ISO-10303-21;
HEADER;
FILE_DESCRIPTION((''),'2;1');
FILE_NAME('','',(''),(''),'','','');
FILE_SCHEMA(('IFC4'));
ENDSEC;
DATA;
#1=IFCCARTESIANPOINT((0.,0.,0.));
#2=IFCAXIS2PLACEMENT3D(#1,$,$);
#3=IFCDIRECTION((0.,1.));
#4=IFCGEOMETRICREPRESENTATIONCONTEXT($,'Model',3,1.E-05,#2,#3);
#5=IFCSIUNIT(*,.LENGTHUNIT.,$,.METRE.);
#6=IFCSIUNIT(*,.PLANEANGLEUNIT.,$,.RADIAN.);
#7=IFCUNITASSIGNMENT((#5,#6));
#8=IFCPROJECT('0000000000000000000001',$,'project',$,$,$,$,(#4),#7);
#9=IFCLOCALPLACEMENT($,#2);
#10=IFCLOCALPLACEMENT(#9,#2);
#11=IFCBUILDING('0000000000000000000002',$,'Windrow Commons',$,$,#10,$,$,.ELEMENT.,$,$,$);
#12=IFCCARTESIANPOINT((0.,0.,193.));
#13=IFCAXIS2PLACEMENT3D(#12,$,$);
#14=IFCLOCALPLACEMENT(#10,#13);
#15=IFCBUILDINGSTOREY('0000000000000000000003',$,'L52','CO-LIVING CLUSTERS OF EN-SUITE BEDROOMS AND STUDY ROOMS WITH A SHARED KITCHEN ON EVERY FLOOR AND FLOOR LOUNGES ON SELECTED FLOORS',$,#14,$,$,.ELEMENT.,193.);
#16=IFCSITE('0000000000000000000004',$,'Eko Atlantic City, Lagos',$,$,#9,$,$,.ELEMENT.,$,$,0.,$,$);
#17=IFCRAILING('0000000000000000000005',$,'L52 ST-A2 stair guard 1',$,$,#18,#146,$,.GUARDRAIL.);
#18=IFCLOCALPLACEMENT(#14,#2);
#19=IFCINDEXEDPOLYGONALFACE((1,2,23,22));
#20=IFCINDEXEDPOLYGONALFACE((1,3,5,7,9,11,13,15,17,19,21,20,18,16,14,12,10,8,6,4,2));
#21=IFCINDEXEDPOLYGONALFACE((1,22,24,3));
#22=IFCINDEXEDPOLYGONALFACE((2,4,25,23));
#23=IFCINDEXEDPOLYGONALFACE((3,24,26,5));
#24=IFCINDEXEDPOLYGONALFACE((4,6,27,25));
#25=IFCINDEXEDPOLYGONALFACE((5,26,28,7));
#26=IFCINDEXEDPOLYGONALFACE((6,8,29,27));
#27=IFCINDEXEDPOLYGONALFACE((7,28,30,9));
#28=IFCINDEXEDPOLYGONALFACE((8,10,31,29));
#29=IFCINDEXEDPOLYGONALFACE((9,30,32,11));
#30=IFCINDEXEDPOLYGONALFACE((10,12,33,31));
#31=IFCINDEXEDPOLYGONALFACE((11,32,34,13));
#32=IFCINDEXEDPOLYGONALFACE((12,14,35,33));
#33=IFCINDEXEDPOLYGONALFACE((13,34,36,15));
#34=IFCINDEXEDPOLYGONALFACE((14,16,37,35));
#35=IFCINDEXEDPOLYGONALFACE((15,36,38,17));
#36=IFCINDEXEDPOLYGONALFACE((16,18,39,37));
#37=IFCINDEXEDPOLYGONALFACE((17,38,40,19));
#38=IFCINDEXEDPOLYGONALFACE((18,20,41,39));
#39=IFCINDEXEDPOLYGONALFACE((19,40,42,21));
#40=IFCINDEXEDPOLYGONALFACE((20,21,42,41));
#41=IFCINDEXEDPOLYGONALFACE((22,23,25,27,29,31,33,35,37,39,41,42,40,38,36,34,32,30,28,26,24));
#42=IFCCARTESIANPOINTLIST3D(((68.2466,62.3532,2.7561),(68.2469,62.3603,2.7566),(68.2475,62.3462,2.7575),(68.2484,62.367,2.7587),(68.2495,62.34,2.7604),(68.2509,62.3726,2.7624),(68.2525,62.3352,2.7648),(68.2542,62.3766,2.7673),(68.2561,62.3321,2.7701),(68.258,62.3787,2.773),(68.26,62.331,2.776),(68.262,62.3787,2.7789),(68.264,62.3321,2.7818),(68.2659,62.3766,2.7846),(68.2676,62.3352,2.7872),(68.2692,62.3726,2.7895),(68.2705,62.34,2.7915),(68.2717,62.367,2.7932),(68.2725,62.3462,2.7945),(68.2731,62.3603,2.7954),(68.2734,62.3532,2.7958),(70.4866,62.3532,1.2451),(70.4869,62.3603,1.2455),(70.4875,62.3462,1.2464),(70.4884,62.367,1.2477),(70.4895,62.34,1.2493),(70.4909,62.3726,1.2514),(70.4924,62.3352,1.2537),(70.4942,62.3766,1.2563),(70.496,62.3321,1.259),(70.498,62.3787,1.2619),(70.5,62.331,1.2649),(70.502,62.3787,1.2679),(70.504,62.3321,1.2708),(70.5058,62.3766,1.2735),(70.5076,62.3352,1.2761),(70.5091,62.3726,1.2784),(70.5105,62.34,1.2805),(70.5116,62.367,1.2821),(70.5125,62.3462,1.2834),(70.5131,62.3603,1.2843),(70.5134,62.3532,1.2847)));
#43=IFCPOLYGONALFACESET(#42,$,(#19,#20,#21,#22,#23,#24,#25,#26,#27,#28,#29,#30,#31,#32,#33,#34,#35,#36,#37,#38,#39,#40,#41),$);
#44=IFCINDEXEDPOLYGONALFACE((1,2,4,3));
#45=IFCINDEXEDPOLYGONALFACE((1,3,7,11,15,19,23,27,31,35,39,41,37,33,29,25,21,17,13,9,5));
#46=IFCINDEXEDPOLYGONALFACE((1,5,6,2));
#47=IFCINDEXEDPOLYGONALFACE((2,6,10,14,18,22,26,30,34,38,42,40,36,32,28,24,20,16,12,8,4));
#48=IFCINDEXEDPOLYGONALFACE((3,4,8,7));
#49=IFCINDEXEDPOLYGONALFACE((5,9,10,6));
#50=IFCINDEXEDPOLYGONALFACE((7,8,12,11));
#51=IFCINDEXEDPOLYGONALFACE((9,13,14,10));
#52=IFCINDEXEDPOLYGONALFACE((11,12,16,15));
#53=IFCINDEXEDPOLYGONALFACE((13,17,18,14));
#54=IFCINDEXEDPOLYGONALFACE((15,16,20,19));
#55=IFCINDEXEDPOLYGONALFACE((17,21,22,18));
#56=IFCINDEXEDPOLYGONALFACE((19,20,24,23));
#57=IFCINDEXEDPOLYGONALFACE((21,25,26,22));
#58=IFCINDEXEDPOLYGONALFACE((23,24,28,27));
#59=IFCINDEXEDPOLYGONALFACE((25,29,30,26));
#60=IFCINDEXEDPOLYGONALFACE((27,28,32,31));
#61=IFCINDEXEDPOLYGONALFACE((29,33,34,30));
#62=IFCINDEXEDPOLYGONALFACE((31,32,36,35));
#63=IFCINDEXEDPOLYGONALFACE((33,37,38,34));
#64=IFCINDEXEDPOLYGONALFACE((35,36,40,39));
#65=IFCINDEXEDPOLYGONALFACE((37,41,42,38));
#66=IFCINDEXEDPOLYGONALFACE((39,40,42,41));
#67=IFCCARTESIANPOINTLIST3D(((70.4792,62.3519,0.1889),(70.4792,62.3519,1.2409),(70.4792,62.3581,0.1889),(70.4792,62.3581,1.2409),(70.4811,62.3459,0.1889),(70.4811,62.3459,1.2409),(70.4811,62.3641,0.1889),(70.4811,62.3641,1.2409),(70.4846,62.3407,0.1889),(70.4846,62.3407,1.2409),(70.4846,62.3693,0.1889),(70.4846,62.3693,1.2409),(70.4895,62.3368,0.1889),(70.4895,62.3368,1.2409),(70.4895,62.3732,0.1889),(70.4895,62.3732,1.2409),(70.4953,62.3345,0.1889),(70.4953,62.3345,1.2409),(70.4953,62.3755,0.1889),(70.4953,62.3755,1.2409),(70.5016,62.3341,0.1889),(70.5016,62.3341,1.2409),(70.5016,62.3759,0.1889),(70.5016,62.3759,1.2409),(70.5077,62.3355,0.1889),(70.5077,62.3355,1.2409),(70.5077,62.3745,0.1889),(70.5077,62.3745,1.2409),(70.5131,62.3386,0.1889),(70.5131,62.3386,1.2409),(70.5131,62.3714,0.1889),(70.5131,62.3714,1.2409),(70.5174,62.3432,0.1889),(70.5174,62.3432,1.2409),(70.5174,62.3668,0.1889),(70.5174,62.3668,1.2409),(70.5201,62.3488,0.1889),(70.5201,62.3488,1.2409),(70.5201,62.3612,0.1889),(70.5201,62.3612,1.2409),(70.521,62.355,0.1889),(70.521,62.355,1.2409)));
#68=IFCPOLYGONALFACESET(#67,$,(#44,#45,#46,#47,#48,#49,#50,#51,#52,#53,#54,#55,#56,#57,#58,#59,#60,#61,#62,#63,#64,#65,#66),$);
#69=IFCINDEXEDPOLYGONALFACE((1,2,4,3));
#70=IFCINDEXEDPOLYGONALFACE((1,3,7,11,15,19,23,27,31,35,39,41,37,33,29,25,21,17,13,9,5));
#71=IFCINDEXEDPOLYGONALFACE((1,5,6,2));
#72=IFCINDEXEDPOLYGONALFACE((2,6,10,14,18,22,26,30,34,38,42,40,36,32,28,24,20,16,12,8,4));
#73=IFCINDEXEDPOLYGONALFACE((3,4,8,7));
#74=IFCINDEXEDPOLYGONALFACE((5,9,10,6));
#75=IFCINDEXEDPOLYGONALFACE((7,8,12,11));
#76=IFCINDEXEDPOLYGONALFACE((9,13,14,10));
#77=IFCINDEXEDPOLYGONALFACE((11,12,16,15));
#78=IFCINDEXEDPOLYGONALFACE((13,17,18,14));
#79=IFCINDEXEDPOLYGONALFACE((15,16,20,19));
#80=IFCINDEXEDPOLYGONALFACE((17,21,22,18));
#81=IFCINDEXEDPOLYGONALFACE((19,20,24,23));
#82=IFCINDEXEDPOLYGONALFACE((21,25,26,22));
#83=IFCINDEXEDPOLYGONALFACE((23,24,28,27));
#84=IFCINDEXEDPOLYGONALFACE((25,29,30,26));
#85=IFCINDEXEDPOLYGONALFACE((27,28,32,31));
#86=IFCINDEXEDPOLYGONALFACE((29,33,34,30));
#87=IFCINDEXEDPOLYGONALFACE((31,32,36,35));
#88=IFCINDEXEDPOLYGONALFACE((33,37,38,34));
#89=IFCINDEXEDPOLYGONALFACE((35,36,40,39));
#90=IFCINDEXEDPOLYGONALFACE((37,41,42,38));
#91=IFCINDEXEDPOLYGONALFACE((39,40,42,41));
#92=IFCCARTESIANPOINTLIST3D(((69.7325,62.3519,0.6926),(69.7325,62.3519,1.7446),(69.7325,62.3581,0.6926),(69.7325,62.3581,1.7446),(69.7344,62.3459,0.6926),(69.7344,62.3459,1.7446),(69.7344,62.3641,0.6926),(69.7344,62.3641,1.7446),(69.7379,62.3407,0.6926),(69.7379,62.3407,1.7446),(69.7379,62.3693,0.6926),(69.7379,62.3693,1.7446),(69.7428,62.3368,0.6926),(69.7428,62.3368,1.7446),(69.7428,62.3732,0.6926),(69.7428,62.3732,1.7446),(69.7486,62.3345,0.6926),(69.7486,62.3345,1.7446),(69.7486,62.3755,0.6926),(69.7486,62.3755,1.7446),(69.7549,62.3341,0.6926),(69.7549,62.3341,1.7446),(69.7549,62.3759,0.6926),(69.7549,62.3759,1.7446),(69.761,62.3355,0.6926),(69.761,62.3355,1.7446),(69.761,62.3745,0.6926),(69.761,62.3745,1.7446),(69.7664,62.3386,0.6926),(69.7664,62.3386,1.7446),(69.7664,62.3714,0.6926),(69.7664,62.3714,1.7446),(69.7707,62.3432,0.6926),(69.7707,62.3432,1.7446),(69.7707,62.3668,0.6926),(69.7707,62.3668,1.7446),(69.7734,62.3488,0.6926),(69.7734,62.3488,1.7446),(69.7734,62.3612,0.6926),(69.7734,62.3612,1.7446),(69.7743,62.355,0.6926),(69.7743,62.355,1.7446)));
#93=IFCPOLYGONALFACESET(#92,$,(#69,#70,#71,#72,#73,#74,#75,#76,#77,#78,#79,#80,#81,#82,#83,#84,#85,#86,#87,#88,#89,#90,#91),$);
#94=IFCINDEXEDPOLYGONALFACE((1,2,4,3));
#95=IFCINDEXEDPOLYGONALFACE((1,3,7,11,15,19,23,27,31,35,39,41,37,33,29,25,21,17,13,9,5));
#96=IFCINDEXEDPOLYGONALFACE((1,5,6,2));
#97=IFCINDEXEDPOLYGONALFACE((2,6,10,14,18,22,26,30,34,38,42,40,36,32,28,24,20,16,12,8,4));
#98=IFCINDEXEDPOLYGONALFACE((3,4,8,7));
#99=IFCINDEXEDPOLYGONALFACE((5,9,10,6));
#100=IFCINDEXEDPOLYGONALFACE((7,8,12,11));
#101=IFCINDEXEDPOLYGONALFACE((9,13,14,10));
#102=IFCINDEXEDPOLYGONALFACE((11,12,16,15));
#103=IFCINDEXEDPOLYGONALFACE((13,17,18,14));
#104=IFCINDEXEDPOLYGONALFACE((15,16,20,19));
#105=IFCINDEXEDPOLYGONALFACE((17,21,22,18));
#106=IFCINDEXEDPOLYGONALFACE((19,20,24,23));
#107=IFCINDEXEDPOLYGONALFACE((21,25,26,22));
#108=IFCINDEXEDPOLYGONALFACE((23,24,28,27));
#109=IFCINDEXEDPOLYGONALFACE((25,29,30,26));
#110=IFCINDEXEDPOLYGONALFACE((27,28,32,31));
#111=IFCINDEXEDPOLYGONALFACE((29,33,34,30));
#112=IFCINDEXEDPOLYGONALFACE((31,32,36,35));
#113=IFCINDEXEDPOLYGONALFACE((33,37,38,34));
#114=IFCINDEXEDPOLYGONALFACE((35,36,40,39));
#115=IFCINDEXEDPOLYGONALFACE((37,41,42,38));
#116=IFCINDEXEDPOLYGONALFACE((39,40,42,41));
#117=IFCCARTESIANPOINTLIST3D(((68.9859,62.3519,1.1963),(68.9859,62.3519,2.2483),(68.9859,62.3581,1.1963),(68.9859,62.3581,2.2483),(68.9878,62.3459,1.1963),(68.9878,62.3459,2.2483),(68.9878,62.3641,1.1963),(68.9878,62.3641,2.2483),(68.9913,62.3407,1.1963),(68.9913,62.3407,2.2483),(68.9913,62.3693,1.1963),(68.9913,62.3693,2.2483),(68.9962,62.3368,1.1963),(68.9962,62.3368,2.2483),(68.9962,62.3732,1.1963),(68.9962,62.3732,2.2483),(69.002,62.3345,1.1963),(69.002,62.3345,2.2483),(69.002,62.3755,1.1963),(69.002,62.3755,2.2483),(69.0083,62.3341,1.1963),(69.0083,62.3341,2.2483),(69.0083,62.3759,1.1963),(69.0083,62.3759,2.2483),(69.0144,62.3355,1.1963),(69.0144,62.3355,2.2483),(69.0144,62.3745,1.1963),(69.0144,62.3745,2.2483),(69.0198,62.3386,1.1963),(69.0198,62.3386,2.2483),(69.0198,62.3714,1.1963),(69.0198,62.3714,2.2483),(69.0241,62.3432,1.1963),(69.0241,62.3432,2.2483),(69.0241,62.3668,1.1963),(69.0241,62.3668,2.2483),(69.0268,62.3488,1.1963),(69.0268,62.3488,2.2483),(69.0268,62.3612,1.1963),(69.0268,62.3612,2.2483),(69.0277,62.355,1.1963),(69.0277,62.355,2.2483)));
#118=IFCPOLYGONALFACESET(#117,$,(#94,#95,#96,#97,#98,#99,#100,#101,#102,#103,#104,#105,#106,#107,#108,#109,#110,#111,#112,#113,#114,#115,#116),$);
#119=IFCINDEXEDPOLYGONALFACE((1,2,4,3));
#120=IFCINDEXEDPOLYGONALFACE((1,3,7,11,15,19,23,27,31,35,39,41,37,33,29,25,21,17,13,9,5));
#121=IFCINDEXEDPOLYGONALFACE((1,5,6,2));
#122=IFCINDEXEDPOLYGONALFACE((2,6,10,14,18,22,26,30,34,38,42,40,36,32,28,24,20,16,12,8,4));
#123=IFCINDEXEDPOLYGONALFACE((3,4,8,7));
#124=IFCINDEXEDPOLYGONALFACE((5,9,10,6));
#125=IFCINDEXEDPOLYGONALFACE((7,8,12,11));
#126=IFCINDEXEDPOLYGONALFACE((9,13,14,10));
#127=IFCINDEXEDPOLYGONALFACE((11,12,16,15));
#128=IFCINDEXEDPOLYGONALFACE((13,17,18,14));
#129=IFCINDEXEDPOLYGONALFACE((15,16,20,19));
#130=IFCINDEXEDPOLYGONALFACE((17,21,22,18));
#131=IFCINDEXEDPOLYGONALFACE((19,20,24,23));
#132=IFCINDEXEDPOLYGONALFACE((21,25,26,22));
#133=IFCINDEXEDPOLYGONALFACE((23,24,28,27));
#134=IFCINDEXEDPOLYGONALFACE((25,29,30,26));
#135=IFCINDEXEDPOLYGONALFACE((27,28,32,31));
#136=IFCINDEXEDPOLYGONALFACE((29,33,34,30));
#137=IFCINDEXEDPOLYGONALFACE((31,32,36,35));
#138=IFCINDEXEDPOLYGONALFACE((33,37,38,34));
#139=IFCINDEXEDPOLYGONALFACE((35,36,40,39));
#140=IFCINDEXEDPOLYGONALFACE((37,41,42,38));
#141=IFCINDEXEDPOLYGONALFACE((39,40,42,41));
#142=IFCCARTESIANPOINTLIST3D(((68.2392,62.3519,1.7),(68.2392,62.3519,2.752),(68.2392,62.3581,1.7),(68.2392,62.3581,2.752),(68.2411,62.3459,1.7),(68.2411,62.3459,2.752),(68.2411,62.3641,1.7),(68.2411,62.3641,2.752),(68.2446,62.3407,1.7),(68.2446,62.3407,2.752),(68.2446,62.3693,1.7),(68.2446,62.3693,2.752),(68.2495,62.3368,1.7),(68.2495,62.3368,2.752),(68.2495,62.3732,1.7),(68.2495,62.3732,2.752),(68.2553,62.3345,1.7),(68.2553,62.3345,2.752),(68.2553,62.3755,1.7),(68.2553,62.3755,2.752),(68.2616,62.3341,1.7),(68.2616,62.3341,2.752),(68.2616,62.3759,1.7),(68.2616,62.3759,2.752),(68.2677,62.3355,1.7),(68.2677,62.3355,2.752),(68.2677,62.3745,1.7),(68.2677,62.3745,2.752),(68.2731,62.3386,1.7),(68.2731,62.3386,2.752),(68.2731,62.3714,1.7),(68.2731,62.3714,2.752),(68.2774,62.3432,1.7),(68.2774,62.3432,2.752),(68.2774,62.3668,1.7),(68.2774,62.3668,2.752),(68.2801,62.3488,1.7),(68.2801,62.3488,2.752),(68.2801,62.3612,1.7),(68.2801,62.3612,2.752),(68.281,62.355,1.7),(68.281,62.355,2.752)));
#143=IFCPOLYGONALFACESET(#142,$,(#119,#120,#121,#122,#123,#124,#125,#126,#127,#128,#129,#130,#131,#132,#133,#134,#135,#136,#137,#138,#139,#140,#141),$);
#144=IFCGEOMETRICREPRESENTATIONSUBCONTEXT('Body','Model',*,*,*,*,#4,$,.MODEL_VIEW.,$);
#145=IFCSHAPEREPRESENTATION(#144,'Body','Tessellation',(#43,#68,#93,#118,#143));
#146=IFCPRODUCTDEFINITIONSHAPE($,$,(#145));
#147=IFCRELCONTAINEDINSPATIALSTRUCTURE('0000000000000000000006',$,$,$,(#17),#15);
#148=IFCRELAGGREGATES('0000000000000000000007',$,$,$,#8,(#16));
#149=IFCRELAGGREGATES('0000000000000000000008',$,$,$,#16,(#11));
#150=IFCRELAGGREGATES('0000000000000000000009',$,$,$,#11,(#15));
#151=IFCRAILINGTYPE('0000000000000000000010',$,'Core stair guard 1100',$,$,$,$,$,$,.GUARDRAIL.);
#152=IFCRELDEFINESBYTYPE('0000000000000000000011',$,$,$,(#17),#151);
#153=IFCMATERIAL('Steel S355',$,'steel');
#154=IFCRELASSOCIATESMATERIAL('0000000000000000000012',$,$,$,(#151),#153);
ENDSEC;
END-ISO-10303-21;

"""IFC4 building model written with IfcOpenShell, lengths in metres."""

from ifc_helpers import new_model, si_unit, direction, frame, origin, origin_2d, place, context, subcontext, project, spatial, circle, extrude, material, type_object, element, save


model = new_model("IFC4")

# Units and contexts
model_context = context("Model", 3, precision=1e-05, world=origin(), true_north=direction((0.0, 1.0)))
body_context = subcontext(model_context, "Body", "Model", "MODEL_VIEW")
ifc_project = project(units=[si_unit("LENGTHUNIT", "METRE"), si_unit("PLANEANGLEUNIT", "RADIAN")], contexts=[model_context])

# Site, building, storey
site_placement = place(None, origin())
site = spatial("IfcSite", under=ifc_project, at=site_placement, Name="Eko Atlantic City, Lagos", CompositionType="ELEMENT", RefElevation=0.0)
building_placement = place(site_placement, origin())
building = spatial("IfcBuilding", under=site, at=building_placement, Name="Windrow Commons", CompositionType="ELEMENT")
storey_placement = place(building_placement, frame((0.0, 0.0, 193.0)))
storey = spatial("IfcBuildingStorey", under=building, at=storey_placement, Name="L52", Description="CO-LIVING CLUSTERS OF EN-SUITE BEDROOMS AND STUDY ROOMS WITH A SHARED KITCHEN ON EVERY FLOOR AND FLOOR LOUNGES ON SELECTED FLOORS", CompositionType="ELEMENT", Elevation=193.0)

# Railing
ifc_material_1 = material(Name="Steel S355", Category="steel")
railing_type_1 = type_object("IfcRailingType", Name="Core stair guard 1100", PredefinedType="GUARDRAIL", material=ifc_material_1)
railing_1_placement = place(storey_placement, frame((70.5, 62.355, 0.1889)))
element("IfcRailing", 1, at=railing_1_placement, inside=storey, type_object=railing_type_1, Name="L52 ST-A2 stair guard 1", PredefinedType="GUARDRAIL", context=body_context, shape_type="SweptSolid", body=[
    extrude(circle(Radius=0.024, at=origin_2d()), frame((0.0, 0.0, 1.076), z_axis=(-0.829003, 0.0, 0.559244), x_axis=(0.0, -1.0, 0.0)), (0.0, 0.0, 1.0), 2.702),
    extrude(circle(Radius=0.021, at=origin_2d()), origin(), (0.0, 0.0, 1.0), 1.052),
    extrude(circle(Radius=0.021, at=origin_2d()), frame((-0.7467, 0.0, 0.5037)), (0.0, 0.0, 1.0), 1.052),
    extrude(circle(Radius=0.021, at=origin_2d()), frame((-1.4933, 0.0, 1.0074)), (0.0, 0.0, 1.0), 1.052),
    extrude(circle(Radius=0.021, at=origin_2d()), frame((-2.24, 0.0, 1.5111)), (0.0, 0.0, 1.0), 1.052),
])

save(model, "model.ifc")
